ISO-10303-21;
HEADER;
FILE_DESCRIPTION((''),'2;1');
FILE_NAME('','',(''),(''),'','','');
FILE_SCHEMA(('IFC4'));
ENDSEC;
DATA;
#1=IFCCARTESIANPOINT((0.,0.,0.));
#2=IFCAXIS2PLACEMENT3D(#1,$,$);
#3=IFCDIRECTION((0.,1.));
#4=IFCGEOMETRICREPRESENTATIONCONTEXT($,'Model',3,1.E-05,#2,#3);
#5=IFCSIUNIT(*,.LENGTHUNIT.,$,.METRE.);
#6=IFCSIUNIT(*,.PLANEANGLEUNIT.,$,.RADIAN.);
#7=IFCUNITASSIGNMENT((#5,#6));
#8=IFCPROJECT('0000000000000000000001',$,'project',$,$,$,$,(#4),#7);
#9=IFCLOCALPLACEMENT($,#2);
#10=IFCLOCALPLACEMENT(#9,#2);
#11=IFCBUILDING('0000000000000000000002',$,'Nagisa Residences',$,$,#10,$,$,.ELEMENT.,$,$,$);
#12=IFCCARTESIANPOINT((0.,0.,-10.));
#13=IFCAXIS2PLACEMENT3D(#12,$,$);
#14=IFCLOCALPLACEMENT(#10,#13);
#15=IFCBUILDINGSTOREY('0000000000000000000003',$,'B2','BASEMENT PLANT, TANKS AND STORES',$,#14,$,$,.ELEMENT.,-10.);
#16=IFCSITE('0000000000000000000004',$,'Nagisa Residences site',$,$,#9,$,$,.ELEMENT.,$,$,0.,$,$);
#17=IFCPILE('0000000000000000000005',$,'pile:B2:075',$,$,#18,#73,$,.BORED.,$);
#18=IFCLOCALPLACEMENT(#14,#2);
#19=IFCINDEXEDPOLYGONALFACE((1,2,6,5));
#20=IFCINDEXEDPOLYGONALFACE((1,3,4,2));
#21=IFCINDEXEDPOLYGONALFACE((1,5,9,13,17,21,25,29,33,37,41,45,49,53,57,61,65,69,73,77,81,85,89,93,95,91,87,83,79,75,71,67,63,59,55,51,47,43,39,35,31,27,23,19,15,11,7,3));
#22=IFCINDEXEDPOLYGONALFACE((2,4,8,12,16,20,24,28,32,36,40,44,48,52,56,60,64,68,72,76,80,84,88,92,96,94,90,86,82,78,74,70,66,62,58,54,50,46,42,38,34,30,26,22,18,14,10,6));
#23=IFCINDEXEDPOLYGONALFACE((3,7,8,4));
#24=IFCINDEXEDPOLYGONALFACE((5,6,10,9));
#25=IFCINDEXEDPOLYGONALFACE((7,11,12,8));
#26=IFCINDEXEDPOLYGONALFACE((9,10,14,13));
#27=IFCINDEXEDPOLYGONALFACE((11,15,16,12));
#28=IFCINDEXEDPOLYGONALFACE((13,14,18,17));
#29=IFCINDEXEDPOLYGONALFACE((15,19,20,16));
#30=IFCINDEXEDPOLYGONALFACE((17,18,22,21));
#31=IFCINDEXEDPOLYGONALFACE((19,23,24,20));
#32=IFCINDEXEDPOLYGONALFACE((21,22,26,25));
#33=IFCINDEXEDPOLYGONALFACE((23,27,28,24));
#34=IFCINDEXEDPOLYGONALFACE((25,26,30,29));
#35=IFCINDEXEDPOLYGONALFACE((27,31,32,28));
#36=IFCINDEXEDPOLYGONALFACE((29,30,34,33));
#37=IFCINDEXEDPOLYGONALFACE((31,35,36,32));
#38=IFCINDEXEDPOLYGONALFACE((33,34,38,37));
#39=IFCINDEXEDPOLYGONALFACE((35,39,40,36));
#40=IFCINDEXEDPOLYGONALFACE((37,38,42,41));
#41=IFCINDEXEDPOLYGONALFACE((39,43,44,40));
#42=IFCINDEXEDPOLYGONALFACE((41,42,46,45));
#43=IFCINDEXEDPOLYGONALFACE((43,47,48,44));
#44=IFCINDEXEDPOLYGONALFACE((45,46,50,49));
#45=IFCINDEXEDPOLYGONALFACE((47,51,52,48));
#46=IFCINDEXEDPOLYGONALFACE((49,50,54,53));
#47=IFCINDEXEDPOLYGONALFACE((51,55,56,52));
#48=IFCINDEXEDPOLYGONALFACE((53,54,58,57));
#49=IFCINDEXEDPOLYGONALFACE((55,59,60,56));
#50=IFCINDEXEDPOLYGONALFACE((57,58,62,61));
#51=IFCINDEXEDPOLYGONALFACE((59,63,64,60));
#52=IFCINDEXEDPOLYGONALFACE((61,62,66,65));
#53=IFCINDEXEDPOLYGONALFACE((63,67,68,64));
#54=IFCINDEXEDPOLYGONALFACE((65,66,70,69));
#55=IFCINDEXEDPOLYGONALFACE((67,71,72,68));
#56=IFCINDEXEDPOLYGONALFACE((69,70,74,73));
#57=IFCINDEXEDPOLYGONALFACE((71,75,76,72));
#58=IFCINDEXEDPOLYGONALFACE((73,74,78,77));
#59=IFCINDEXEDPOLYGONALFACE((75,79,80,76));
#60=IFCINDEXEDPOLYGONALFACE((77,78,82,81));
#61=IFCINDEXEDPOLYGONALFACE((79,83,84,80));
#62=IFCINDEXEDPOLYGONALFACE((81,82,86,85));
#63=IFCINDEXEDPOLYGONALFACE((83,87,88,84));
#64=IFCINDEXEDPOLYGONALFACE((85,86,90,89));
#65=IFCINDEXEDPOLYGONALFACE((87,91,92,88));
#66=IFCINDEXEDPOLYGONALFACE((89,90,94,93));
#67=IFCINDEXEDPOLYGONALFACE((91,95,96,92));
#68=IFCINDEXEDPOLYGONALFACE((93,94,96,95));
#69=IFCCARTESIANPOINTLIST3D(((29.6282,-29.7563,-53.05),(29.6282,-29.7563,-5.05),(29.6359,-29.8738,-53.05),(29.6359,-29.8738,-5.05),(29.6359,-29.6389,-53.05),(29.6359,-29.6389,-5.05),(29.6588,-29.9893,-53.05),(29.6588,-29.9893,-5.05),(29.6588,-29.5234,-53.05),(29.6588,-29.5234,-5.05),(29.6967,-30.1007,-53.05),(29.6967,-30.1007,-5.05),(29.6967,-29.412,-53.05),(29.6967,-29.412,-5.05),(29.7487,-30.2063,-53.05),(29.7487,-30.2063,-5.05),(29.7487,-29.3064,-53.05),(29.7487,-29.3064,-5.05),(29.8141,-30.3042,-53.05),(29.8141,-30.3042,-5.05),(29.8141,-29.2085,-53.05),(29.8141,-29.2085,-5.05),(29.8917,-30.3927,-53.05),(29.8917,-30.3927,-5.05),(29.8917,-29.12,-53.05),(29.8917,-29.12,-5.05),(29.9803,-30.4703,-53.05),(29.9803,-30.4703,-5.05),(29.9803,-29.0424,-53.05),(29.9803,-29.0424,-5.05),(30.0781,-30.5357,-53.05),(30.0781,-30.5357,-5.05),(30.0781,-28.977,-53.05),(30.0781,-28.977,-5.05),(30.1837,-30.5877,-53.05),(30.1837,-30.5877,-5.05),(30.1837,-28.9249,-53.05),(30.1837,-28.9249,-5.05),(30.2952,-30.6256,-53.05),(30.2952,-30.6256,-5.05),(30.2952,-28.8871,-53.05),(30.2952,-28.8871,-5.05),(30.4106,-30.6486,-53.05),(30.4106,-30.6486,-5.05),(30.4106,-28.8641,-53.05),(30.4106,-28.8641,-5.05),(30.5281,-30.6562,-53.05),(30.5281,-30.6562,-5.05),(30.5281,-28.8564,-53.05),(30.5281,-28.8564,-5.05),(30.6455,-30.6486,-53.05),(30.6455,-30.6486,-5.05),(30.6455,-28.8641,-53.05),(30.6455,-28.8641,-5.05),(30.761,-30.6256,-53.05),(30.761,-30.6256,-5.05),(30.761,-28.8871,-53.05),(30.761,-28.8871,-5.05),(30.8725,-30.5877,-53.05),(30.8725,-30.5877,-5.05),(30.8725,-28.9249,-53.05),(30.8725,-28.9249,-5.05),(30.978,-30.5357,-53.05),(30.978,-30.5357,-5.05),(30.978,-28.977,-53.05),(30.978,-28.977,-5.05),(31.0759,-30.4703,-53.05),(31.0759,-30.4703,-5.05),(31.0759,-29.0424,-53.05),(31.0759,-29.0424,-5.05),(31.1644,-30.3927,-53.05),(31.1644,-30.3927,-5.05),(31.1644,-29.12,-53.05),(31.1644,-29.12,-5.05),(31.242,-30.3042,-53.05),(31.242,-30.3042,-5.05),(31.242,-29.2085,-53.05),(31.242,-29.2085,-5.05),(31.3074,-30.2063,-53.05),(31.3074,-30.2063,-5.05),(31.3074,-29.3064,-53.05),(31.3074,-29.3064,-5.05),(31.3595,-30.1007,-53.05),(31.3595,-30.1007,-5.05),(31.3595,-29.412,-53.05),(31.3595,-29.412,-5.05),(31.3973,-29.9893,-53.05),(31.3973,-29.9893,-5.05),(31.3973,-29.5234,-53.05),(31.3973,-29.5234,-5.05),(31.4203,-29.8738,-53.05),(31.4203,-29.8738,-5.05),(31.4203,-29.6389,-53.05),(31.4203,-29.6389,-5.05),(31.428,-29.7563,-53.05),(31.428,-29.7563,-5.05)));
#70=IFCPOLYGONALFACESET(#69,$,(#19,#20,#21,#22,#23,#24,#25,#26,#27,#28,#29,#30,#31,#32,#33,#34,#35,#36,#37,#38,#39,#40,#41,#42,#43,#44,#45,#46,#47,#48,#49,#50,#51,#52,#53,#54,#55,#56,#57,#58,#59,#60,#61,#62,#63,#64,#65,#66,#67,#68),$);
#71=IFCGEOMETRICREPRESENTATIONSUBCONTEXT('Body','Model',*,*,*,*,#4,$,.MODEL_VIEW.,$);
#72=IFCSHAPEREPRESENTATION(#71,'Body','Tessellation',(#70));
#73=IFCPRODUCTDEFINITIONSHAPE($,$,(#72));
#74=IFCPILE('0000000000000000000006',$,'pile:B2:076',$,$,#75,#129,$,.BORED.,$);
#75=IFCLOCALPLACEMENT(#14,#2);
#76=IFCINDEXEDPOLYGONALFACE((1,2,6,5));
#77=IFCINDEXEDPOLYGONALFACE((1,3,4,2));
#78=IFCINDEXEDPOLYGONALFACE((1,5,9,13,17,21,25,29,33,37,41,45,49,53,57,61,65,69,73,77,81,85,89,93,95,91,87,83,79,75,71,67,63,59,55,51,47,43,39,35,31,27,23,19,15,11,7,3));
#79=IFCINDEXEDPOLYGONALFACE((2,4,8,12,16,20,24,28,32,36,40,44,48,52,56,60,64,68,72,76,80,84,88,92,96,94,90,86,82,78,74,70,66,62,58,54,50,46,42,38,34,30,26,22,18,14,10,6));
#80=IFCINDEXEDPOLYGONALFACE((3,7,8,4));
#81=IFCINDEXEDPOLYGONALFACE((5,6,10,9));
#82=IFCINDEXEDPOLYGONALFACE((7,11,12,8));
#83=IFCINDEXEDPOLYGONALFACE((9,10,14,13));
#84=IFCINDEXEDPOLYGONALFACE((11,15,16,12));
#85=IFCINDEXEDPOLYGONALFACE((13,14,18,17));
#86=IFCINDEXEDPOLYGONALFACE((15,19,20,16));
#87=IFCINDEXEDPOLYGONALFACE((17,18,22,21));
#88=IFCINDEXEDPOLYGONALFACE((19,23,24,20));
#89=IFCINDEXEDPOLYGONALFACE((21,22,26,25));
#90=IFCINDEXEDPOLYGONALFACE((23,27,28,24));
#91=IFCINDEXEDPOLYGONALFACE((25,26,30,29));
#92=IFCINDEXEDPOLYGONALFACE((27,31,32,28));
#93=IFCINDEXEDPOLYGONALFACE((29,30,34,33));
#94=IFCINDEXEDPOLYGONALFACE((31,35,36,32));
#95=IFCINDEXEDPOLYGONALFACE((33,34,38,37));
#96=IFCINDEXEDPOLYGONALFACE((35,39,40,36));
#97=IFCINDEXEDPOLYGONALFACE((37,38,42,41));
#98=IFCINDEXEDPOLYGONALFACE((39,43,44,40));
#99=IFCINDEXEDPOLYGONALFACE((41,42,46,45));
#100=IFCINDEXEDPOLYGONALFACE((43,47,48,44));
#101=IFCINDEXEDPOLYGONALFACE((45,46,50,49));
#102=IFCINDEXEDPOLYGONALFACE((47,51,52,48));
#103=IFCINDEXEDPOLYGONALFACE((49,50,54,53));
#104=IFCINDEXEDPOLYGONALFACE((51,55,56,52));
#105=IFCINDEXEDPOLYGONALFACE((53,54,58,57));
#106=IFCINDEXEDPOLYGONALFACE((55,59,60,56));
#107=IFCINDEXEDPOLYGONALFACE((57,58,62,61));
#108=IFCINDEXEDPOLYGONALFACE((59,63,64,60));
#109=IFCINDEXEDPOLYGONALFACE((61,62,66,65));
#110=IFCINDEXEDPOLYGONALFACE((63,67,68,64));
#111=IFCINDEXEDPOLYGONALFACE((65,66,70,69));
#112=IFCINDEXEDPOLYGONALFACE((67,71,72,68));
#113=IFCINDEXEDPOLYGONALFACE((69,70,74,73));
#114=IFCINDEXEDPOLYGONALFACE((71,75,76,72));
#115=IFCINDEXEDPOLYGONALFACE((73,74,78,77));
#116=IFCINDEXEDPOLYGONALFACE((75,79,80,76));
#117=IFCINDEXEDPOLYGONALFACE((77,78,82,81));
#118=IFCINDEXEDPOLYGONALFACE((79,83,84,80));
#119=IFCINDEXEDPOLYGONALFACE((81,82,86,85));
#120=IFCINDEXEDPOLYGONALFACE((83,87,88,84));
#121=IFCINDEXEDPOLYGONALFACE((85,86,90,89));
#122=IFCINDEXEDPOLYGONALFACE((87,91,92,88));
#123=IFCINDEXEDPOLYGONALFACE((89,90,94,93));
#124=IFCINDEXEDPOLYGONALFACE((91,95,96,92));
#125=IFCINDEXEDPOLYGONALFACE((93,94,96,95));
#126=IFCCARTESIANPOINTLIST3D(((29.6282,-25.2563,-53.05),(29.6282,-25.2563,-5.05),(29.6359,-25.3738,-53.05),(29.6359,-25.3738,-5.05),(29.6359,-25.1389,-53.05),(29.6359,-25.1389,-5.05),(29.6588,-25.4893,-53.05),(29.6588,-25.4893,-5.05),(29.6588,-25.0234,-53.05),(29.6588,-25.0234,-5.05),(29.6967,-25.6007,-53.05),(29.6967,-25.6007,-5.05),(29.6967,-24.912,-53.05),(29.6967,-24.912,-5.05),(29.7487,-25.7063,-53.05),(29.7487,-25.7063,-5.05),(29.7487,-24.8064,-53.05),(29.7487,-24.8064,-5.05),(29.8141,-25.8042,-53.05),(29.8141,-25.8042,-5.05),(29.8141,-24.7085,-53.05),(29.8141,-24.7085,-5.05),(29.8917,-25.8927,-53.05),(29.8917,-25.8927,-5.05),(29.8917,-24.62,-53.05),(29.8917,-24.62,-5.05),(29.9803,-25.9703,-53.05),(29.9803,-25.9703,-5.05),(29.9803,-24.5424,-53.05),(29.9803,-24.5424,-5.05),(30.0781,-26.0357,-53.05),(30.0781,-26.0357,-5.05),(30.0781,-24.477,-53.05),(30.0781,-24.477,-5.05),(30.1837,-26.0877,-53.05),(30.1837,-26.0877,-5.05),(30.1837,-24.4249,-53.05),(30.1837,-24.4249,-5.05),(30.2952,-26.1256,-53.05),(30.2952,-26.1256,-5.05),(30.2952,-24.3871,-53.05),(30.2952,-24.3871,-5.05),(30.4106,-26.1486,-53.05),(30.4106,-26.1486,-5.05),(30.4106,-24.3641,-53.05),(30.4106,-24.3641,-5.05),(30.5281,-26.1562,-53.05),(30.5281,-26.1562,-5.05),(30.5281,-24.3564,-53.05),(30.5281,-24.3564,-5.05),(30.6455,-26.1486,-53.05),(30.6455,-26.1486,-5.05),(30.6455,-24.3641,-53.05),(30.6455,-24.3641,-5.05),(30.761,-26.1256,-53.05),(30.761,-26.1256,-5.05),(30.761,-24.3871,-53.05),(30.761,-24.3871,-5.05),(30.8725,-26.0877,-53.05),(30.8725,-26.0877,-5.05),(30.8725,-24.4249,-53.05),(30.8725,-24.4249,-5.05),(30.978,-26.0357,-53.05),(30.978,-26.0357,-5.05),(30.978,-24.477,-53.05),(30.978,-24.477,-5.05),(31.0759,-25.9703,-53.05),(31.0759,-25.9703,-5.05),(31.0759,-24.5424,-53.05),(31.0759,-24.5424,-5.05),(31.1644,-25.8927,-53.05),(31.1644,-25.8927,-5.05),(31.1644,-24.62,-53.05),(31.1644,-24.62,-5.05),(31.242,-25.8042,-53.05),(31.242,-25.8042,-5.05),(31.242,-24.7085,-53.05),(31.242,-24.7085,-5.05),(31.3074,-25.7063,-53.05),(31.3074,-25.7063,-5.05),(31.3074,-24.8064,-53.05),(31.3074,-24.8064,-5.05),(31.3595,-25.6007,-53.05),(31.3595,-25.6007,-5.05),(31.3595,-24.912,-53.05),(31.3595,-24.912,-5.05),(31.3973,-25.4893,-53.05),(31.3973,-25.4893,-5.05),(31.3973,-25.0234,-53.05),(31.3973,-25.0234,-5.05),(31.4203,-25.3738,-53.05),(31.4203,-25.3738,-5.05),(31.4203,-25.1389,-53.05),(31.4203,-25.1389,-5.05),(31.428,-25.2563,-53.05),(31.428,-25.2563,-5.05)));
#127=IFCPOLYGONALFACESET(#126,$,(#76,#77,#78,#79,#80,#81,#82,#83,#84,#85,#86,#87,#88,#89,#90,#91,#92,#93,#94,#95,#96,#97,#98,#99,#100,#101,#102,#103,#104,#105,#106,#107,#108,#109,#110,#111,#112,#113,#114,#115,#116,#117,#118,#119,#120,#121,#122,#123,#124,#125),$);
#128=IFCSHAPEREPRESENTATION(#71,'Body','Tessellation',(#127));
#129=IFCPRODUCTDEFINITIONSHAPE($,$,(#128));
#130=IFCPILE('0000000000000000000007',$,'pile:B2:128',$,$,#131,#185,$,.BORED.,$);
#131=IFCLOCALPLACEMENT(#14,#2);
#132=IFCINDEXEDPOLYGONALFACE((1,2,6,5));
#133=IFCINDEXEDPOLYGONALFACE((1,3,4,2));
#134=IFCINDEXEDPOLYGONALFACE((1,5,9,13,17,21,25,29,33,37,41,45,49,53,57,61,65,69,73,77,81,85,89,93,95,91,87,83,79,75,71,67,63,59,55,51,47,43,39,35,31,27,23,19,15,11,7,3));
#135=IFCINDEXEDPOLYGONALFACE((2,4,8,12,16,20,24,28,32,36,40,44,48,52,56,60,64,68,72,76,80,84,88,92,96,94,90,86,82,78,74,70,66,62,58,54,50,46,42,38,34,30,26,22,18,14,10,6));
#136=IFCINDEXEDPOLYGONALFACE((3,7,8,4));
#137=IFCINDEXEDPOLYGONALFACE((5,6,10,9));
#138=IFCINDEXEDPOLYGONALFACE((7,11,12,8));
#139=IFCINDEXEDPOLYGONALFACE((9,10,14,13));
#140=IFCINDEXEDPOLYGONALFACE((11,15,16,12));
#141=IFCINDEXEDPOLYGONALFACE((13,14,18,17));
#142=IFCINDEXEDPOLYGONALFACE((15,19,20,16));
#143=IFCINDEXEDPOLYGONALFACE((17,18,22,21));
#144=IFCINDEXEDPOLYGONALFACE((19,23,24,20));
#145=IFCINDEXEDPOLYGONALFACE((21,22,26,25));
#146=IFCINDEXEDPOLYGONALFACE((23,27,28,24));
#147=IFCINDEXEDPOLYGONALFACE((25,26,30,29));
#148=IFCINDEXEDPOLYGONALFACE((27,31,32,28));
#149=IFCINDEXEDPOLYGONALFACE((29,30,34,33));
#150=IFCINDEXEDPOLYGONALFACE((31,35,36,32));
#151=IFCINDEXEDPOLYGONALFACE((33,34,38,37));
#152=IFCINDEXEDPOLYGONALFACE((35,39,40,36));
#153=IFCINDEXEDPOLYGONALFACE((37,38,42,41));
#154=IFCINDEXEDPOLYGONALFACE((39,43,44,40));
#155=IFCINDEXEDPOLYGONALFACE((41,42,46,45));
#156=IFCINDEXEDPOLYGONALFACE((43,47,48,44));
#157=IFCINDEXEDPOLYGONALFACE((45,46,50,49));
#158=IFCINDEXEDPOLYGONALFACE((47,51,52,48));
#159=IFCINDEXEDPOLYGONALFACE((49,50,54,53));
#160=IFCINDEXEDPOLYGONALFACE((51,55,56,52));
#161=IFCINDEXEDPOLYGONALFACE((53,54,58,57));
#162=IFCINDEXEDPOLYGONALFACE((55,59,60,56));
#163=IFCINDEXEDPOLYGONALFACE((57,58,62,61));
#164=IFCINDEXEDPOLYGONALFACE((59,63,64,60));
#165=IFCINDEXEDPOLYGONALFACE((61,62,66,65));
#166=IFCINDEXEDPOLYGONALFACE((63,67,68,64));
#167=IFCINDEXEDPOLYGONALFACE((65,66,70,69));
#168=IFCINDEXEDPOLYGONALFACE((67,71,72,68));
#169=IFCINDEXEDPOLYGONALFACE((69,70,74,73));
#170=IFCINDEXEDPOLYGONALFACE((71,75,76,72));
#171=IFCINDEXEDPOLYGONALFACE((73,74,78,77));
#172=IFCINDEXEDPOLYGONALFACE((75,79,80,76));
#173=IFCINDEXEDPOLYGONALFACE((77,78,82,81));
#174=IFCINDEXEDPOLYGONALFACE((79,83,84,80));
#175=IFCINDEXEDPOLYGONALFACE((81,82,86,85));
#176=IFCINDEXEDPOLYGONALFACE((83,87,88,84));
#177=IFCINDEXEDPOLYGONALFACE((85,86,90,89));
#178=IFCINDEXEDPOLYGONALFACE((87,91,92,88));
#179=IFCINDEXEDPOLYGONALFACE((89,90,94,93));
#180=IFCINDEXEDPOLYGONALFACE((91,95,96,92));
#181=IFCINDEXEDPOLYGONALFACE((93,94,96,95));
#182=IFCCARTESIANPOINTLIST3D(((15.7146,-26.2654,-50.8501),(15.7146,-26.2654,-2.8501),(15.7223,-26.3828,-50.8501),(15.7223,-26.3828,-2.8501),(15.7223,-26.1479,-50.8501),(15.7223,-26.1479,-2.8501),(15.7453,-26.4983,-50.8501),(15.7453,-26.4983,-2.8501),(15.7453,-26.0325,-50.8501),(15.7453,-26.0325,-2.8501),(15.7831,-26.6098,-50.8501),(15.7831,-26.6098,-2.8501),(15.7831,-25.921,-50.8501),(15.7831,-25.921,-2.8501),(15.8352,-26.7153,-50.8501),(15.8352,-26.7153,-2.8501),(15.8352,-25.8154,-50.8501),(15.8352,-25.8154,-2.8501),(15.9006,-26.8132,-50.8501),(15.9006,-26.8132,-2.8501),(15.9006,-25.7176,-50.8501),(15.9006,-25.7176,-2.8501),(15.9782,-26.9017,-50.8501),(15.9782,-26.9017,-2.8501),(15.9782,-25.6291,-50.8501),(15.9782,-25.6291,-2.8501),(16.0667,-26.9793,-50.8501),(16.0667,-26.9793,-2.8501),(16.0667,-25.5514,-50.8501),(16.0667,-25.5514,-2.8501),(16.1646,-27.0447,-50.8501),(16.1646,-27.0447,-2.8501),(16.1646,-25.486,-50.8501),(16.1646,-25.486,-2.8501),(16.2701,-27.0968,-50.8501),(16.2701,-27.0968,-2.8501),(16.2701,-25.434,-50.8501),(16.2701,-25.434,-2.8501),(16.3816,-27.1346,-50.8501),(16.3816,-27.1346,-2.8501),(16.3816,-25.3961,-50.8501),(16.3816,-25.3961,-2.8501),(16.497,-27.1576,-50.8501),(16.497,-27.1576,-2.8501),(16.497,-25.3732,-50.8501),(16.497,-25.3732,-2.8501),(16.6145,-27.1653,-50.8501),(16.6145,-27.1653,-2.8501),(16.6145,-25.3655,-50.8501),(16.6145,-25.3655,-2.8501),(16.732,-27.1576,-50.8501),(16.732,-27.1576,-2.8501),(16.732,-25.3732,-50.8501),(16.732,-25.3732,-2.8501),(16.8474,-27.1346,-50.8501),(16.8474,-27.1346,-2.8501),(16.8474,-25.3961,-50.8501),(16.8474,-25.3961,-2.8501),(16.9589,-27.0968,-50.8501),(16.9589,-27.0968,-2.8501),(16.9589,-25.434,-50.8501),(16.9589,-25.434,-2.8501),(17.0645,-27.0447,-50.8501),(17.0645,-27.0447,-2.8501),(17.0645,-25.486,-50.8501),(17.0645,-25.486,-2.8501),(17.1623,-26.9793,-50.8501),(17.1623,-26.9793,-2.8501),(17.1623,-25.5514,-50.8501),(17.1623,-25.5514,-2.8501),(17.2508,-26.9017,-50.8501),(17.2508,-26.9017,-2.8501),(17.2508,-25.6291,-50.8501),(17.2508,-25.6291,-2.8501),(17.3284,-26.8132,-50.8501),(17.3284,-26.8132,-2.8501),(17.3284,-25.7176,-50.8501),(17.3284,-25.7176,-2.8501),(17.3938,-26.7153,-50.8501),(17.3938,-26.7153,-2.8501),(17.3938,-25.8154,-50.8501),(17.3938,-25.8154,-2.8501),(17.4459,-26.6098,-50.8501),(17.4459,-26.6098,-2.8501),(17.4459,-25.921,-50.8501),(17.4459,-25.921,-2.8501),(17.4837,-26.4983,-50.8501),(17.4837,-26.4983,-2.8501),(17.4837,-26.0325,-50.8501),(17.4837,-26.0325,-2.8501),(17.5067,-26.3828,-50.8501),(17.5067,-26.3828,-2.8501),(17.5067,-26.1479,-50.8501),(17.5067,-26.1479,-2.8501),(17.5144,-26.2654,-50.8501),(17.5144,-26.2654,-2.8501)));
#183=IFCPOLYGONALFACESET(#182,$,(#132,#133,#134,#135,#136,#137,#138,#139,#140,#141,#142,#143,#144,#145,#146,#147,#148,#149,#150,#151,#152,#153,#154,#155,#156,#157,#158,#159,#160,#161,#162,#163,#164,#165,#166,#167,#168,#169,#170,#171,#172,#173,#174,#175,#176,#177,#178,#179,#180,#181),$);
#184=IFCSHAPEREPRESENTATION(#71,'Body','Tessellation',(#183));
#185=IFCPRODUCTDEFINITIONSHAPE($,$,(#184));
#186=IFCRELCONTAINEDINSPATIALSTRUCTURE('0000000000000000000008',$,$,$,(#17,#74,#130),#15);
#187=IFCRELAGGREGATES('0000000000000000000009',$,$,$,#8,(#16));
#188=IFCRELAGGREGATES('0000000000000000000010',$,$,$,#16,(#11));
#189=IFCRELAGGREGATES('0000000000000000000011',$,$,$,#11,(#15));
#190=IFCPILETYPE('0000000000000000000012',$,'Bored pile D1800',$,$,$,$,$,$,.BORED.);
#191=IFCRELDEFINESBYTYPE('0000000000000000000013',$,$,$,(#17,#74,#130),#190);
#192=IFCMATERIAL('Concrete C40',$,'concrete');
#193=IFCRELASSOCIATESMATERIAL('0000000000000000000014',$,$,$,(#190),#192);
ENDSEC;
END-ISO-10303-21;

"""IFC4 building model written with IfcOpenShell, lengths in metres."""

from ifc_helpers import new_model, si_unit, direction, frame, origin, origin_2d, place, context, subcontext, project, spatial, circle, extrude, material, material_profile, profile_set, type_object, element, save


model = new_model("IFC4")

# Units and contexts
model_context = context("Model", 3, precision=1e-05, world=origin(), true_north=direction((0.0, 1.0)))
body_context = subcontext(model_context, "Body", "Model", "MODEL_VIEW")
ifc_project = project(units=[si_unit("LENGTHUNIT", "METRE"), si_unit("PLANEANGLEUNIT", "RADIAN")], contexts=[model_context])

# Site, building, storey
site_placement = place(None, origin())
site = spatial("IfcSite", under=ifc_project, at=site_placement, Name="Nagisa Residences site", CompositionType="ELEMENT", RefElevation=0.0)
building_placement = place(site_placement, origin())
building = spatial("IfcBuilding", under=site, at=building_placement, Name="Nagisa Residences", CompositionType="ELEMENT")
storey_placement = place(building_placement, frame((0.0, 0.0, -10.0)))
storey = spatial("IfcBuildingStorey", under=building, at=storey_placement, Name="B2", Description="BASEMENT PLANT, TANKS AND STORES", CompositionType="ELEMENT", Elevation=-10.0)

# Piles
ifc_material_1 = material(Name="Concrete C40", Category="concrete")
ifc_material_profile_1 = material_profile(ifc_material_1, circle(Radius=0.8999, at=origin_2d()), Name="Bored pile D1800")
ifc_profile_set_1 = profile_set([ifc_material_profile_1], Name="Concrete C40")
pile_type = type_object("IfcPileType", Name="Bored pile D1800", PredefinedType="BORED", material=ifc_profile_set_1)
for number, where, z_axis, x_axis, name in (
    (1, (30.5281, -29.7563, -5.05), (0.0, 0.0, -1.0), (1.0, 0.0, 0.0), "pile:B2:075"),
    (2, (30.5281, -25.2563, -5.05), (0.0, 0.0, -1.0), (1.0, 0.0, 0.0), "pile:B2:076"),
    (3, (16.6145, -26.2654, -2.8501), (0.0, 0.0, -1.0), (1.0, 0.0, 0.0), "pile:B2:128"),
):
    element("IfcPile", number, at=place(storey_placement, frame(where, z_axis=z_axis, x_axis=x_axis)), inside=storey, type_object=pile_type, Name=name, PredefinedType="BORED", context=body_context, shape_type="SweptSolid", body=[
        extrude(circle(Radius=0.8999, at=origin_2d()), origin(), (0.0, 0.0, 1.0), 48.0),
    ])

save(model, "model.ifc")
